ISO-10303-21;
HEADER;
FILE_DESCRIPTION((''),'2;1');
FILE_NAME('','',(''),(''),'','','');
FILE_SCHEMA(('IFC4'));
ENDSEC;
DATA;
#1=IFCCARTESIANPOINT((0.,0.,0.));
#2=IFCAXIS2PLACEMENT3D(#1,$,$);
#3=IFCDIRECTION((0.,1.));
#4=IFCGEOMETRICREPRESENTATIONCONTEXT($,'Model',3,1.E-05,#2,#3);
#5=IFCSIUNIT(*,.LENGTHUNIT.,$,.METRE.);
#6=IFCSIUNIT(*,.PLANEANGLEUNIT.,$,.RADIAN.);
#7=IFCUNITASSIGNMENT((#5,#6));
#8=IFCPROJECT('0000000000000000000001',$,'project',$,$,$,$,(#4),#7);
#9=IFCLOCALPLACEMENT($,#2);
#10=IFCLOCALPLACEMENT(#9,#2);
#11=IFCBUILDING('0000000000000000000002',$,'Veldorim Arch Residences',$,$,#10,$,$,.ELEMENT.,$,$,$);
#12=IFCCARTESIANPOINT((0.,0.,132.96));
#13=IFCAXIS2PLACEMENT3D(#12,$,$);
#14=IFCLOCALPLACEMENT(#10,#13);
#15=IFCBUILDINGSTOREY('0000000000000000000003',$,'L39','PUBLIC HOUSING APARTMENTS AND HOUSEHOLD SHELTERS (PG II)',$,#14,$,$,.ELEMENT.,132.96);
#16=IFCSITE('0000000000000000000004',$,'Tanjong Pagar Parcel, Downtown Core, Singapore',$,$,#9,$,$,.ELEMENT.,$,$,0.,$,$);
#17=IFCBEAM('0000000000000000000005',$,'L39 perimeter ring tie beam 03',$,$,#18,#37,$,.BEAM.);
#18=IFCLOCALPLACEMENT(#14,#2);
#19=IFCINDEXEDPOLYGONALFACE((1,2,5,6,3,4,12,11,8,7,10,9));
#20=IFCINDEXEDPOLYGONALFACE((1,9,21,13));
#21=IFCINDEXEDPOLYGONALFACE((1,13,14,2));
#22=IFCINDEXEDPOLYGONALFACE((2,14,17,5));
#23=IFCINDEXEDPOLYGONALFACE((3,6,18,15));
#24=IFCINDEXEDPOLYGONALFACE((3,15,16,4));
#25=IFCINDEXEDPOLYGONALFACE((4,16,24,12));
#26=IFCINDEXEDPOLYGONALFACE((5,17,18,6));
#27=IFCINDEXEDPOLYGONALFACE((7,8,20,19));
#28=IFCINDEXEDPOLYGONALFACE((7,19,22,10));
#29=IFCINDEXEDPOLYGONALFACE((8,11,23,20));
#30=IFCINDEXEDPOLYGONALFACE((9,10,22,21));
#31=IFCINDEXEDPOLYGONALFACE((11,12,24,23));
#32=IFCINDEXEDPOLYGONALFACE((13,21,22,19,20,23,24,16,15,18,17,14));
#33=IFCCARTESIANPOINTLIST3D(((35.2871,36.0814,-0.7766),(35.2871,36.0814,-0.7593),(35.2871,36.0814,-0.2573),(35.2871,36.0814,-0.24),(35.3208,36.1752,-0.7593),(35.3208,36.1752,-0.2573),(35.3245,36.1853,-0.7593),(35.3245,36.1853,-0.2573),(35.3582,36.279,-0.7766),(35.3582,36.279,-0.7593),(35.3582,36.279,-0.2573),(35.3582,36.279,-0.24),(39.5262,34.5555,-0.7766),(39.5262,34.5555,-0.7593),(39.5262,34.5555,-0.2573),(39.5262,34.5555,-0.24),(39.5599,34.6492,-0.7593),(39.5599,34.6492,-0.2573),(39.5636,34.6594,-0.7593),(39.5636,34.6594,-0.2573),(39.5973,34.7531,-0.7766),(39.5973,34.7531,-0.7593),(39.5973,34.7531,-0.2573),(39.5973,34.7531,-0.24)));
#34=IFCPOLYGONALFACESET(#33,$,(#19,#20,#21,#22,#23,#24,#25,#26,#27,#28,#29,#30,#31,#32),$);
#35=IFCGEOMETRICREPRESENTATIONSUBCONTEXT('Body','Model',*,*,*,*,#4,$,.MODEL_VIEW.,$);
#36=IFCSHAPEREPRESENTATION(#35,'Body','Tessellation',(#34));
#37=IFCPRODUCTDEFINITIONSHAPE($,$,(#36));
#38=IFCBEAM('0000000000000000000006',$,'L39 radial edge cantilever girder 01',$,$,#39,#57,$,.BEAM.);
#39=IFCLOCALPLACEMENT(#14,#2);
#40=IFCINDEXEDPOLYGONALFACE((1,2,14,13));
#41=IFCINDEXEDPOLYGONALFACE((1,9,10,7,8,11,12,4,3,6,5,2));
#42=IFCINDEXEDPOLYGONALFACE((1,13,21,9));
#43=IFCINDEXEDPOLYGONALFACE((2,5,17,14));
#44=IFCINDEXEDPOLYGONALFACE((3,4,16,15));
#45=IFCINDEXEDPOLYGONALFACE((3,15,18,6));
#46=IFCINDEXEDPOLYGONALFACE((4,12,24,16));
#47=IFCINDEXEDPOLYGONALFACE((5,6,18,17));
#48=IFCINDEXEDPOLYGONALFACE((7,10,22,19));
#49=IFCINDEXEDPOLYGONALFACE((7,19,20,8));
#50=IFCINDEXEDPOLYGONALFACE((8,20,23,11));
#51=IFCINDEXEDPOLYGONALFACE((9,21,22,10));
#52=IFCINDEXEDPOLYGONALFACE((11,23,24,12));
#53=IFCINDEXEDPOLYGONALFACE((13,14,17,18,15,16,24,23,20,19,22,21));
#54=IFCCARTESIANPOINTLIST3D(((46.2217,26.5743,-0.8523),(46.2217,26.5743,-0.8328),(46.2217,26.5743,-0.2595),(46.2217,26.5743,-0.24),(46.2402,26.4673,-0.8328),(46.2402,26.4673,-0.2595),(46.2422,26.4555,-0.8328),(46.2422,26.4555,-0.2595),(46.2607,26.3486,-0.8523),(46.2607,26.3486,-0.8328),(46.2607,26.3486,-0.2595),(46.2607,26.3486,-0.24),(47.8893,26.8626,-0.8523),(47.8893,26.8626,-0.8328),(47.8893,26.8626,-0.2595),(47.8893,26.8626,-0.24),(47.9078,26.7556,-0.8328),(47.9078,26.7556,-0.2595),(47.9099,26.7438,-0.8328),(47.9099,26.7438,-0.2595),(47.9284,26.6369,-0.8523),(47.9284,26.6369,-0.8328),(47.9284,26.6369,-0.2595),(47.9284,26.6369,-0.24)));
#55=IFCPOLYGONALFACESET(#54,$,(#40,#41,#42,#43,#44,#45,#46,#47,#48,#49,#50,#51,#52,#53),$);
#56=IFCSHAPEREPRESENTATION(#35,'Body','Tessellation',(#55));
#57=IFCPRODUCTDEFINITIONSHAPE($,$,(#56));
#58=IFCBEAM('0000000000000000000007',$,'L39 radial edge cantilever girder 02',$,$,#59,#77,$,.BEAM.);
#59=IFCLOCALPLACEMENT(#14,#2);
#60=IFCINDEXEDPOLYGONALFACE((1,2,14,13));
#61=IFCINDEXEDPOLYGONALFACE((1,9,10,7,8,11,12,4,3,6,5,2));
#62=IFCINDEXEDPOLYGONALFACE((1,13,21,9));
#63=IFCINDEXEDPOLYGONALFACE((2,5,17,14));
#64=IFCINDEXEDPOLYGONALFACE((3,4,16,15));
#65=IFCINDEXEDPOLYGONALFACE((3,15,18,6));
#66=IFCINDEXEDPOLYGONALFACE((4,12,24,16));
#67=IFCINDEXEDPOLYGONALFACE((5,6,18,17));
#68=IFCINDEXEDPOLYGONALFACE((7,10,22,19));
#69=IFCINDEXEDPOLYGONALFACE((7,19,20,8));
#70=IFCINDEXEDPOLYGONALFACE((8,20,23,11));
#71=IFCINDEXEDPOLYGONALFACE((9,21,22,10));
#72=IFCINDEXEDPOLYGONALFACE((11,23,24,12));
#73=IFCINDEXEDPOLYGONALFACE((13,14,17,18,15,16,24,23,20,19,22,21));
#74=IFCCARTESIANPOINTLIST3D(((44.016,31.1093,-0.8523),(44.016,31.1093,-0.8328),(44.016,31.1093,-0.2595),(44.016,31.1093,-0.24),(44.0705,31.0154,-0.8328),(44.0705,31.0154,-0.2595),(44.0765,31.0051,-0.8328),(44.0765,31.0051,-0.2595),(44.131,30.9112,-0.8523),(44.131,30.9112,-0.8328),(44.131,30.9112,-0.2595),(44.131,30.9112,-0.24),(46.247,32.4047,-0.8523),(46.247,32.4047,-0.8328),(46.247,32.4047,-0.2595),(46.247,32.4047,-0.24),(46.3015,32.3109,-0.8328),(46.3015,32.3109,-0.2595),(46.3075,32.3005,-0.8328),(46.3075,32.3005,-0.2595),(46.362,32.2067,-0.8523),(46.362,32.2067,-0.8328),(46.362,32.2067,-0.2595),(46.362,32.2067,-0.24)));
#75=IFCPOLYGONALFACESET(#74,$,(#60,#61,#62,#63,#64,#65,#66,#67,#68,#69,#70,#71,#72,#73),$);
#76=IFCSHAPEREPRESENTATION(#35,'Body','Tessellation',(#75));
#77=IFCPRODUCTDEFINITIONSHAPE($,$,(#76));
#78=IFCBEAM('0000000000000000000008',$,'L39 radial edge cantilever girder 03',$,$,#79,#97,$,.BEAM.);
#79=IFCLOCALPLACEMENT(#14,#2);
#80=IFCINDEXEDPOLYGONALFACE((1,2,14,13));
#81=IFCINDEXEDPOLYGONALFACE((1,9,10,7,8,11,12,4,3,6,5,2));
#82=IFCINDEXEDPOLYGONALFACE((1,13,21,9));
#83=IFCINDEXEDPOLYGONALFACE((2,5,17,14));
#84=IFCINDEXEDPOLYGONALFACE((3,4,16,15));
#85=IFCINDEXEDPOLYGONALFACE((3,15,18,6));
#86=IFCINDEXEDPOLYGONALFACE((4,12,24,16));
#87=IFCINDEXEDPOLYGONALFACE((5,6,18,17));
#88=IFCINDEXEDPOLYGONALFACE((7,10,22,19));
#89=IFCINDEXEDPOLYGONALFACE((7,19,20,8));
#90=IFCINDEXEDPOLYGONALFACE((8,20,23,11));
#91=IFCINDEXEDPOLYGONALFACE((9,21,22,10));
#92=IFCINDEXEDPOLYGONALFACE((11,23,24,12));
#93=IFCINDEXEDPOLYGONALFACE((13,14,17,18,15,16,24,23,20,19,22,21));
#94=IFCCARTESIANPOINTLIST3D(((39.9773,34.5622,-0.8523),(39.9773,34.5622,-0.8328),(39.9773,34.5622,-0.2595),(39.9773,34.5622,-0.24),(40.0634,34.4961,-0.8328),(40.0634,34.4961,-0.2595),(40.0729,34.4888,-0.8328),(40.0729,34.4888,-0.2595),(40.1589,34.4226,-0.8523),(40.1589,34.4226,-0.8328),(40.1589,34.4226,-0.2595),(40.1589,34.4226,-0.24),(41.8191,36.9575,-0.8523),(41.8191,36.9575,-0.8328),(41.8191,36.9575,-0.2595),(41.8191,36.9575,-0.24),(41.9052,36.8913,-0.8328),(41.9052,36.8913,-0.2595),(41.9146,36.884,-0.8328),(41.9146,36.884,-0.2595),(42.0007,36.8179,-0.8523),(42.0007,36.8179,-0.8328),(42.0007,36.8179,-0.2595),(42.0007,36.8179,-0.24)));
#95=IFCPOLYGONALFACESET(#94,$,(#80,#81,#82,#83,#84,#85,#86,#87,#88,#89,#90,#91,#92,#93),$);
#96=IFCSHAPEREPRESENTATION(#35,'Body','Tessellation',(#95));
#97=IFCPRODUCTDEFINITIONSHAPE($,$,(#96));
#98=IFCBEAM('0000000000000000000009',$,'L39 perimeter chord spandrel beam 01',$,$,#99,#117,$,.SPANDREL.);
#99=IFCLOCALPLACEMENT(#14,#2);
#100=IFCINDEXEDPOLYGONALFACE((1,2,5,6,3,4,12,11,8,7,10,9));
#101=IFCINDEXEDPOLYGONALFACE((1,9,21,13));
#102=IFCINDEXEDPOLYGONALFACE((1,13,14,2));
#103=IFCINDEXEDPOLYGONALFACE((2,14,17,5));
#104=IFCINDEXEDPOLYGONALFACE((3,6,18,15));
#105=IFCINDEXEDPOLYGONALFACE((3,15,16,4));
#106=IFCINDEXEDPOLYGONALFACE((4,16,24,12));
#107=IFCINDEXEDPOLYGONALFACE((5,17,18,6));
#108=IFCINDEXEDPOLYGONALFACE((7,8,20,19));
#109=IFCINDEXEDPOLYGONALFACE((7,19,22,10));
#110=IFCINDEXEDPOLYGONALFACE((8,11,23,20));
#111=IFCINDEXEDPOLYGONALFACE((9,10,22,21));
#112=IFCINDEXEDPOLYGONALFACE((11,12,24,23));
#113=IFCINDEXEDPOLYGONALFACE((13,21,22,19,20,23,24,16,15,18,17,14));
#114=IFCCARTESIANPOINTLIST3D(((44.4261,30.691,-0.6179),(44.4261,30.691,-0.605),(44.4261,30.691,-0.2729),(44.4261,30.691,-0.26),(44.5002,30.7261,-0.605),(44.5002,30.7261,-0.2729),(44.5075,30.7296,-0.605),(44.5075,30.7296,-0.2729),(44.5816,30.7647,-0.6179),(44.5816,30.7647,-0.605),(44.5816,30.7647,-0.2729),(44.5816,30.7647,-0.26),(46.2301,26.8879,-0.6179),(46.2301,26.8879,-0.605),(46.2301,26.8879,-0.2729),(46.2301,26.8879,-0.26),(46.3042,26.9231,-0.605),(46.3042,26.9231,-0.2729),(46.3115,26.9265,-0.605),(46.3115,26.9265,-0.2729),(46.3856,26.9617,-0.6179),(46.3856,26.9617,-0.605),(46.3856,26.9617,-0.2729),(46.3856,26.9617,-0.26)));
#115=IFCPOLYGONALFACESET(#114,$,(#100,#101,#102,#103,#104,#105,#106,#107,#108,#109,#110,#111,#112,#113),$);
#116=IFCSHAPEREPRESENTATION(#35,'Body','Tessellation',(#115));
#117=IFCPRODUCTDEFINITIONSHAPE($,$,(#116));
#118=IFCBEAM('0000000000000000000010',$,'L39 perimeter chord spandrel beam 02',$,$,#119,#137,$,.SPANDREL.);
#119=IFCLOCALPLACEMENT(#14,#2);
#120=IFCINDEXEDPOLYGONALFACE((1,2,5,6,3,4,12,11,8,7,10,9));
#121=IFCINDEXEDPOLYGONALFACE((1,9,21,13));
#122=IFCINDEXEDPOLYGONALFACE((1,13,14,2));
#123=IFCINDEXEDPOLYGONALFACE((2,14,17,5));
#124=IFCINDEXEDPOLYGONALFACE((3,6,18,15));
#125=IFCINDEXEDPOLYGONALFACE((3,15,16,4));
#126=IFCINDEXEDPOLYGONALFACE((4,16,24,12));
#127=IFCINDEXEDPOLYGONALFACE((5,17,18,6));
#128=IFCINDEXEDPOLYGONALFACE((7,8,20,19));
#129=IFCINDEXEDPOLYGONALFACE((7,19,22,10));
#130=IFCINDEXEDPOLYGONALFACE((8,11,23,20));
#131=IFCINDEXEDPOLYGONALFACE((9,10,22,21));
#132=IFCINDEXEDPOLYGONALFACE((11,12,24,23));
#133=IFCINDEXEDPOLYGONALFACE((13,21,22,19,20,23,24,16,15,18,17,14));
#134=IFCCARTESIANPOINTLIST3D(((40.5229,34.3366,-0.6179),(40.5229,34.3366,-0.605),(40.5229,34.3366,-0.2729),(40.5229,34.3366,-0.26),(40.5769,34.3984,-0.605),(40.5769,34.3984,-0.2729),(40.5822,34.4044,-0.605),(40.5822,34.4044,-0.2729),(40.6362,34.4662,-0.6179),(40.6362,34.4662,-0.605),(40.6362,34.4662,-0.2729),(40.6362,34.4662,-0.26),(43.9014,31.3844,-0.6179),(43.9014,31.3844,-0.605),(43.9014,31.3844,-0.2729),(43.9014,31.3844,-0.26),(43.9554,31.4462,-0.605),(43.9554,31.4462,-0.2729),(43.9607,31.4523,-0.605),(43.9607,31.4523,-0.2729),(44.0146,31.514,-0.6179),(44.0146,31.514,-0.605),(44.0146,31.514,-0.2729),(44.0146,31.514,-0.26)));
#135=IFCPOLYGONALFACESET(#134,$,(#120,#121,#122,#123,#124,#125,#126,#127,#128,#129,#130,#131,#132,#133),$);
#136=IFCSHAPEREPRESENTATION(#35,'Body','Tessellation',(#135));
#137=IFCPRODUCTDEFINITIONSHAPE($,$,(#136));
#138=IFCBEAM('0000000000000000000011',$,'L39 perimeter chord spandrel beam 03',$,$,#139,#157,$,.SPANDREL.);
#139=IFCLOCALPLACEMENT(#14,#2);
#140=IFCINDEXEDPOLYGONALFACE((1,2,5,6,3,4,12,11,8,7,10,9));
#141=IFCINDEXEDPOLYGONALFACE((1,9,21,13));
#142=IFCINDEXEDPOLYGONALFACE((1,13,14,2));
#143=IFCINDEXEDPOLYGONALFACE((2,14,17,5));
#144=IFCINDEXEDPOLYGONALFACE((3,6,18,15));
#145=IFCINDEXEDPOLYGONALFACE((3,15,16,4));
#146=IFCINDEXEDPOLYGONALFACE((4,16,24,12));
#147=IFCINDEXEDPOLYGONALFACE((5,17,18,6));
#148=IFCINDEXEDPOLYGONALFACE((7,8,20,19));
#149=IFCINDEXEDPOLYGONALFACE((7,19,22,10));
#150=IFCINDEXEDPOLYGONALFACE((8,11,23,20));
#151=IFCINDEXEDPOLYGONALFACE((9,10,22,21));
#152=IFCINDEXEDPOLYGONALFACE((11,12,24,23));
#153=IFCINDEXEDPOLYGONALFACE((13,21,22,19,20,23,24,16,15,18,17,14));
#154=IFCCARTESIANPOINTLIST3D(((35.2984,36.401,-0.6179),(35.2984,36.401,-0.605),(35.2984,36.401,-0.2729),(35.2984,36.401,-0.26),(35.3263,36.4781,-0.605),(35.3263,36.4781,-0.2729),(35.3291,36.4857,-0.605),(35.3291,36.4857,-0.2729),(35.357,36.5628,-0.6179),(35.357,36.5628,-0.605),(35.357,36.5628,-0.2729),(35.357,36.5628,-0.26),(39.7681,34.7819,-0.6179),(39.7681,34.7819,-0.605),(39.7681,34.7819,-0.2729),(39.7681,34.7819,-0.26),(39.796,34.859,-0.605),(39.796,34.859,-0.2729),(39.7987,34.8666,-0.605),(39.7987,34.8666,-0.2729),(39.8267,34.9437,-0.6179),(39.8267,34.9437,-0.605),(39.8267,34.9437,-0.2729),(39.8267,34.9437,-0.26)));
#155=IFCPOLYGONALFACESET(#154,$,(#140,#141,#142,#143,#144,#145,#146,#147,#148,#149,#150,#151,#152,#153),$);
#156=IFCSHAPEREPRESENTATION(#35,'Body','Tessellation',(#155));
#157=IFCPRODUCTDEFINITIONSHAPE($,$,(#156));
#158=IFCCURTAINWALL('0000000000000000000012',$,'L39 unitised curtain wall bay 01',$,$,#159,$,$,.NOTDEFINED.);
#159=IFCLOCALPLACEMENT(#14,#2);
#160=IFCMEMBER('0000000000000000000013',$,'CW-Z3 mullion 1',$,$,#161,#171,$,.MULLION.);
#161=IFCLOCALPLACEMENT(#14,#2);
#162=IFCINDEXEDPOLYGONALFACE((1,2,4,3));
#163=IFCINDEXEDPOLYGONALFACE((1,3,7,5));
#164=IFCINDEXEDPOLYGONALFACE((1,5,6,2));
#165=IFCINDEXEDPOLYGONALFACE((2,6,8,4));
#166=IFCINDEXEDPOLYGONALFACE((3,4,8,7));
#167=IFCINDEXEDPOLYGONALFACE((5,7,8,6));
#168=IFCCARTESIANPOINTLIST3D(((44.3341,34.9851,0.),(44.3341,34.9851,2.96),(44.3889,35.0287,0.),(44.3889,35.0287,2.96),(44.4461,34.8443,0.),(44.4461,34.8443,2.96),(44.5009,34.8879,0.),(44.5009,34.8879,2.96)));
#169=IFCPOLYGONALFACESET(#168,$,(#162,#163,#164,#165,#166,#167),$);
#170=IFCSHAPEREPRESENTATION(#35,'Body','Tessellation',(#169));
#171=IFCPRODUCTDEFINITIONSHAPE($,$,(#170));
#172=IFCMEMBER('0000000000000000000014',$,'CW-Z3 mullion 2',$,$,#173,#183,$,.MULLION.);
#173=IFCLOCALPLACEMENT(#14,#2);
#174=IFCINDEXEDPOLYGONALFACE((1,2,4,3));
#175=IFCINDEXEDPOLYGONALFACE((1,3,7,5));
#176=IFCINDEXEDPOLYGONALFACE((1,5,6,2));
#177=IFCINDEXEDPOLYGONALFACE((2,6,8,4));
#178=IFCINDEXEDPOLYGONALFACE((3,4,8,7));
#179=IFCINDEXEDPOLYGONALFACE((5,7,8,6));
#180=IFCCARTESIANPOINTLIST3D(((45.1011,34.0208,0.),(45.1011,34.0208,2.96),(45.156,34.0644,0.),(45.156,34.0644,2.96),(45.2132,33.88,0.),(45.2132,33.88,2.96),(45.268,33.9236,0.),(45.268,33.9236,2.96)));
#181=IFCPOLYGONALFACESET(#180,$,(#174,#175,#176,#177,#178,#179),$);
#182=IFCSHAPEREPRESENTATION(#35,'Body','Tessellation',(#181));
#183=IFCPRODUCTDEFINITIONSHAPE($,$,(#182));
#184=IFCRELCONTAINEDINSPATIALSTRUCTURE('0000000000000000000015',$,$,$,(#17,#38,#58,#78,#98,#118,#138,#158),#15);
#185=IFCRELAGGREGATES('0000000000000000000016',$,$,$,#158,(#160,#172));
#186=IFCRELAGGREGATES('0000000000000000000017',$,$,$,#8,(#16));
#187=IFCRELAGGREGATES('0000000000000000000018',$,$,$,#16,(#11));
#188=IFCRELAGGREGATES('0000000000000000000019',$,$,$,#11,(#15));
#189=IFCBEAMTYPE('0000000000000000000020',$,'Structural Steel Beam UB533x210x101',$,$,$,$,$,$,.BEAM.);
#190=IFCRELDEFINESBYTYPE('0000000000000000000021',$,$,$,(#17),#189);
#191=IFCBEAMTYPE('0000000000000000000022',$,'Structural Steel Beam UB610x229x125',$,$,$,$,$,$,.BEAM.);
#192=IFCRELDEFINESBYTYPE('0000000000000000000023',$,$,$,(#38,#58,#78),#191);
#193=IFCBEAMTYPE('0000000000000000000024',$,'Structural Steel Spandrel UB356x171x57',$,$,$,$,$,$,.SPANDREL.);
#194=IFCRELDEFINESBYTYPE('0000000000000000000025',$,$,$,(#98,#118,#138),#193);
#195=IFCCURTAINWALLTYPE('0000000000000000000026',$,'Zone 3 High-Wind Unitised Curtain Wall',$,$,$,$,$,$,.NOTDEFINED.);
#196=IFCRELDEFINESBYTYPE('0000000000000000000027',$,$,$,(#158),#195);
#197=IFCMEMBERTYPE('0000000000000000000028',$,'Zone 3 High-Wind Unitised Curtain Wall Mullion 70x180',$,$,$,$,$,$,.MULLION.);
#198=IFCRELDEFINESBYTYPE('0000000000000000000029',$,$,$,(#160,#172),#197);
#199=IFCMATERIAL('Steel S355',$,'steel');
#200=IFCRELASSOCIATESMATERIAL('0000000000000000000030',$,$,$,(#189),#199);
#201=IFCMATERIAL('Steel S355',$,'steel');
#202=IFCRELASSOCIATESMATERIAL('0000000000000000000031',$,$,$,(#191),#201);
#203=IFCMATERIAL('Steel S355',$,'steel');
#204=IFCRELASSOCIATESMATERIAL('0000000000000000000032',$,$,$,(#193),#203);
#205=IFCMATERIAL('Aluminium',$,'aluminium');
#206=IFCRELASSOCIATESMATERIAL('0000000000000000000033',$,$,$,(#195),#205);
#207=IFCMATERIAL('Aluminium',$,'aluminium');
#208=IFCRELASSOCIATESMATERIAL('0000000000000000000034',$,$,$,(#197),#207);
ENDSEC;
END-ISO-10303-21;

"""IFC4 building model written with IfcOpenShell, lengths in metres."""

from ifc_helpers import new_model, si_unit, direction, frame, origin, origin_2d, place, context, subcontext, project, spatial, rectangle, i_section, extrude, material, material_profile, profile_set, type_object, element, aggregate, save


model = new_model("IFC4")

# Units and contexts
model_context = context("Model", 3, precision=1e-05, world=origin(), true_north=direction((0.0, 1.0)))
body_context = subcontext(model_context, "Body", "Model", "MODEL_VIEW")
ifc_project = project(units=[si_unit("LENGTHUNIT", "METRE"), si_unit("PLANEANGLEUNIT", "RADIAN")], contexts=[model_context])

# Site, building, storey
site_placement = place(None, origin())
site = spatial("IfcSite", under=ifc_project, at=site_placement, Name="Tanjong Pagar Parcel, Downtown Core, Singapore", CompositionType="ELEMENT", RefElevation=0.0)
building_placement = place(site_placement, origin())
building = spatial("IfcBuilding", under=site, at=building_placement, Name="Veldorim Arch Residences", CompositionType="ELEMENT")
storey_placement = place(building_placement, frame((0.0, 0.0, 132.96)))
storey = spatial("IfcBuildingStorey", under=building, at=storey_placement, Name="L39", Description="PUBLIC HOUSING APARTMENTS AND HOUSEHOLD SHELTERS (PG II)", CompositionType="ELEMENT", Elevation=132.96)

# Beams
ifc_material_1 = material(Name="Steel S355", Category="steel")
ifc_material_profile_1 = material_profile(ifc_material_1, i_section(OverallWidth=0.21, OverallDepth=0.5366, WebThickness=0.0107, FlangeThickness=0.0173, at=origin_2d()), Name="UB533x210x101")
ifc_profile_set_1 = profile_set([ifc_material_profile_1], Name="Steel S355")
beam_type_1 = type_object("IfcBeamType", Name="Structural Steel Beam UB533x210x101", PredefinedType="BEAM", material=ifc_profile_set_1)
beam_1_placement = place(storey_placement, frame((39.5618, 34.6543, -0.5083), z_axis=(-0.940899, 0.338687, 0.0), x_axis=(-0.338687, -0.940899, 0.0)))
element("IfcBeam", 1, at=beam_1_placement, inside=storey, type_object=beam_type_1, Name="L39 perimeter ring tie beam 03", PredefinedType="BEAM", context=body_context, shape_type="SweptSolid", body=[
    extrude(i_section(OverallWidth=0.21, OverallDepth=0.5366, WebThickness=0.0107, FlangeThickness=0.0173, at=origin_2d()), origin(), (0.0, 0.0, 1.0), 4.5054),
])
ifc_material_2 = material(Name="Steel S355", Category="steel")
ifc_material_profile_2 = material_profile(ifc_material_2, i_section(OverallWidth=0.229, OverallDepth=0.6123, WebThickness=0.012, FlangeThickness=0.0195, at=origin_2d()), Name="UB610x229x125")
ifc_profile_set_2 = profile_set([ifc_material_profile_2], Name="Steel S355")
beam_type_2 = type_object("IfcBeamType", Name="Structural Steel Beam UB610x229x125", PredefinedType="BEAM", material=ifc_profile_set_2)
beam_2_placement = place(storey_placement, frame((46.2412, 26.4614, -0.5461), z_axis=(0.985382, 0.170361, 0.0), x_axis=(-0.170361, 0.985382, 0.0)))
element("IfcBeam", 2, at=beam_2_placement, inside=storey, type_object=beam_type_2, Name="L39 radial edge cantilever girder 01", PredefinedType="BEAM", context=body_context, shape_type="SweptSolid", body=[
    extrude(i_section(OverallWidth=0.229, OverallDepth=0.6123, WebThickness=0.012, FlangeThickness=0.0195, at=origin_2d()), origin(), (0.0, 0.0, 1.0), 1.6924),
])
beam_3_placement = place(storey_placement, frame((44.0735, 31.0103, -0.5461), z_axis=(0.864786, 0.50214, 0.0), x_axis=(-0.50214, 0.864786, 0.0)))
element("IfcBeam", 3, at=beam_3_placement, inside=storey, type_object=beam_type_2, Name="L39 radial edge cantilever girder 02", PredefinedType="BEAM", context=body_context, shape_type="SweptSolid", body=[
    extrude(i_section(OverallWidth=0.229, OverallDepth=0.6123, WebThickness=0.012, FlangeThickness=0.0195, at=origin_2d()), origin(), (0.0, 0.0, 1.0), 2.5798),
])
beam_4_placement = place(storey_placement, frame((40.0681, 34.4924, -0.5461), z_axis=(0.609562, 0.792738, 0.0), x_axis=(-0.792738, 0.609562, 0.0)))
element("IfcBeam", 4, at=beam_4_placement, inside=storey, type_object=beam_type_2, Name="L39 radial edge cantilever girder 03", PredefinedType="BEAM", context=body_context, shape_type="SweptSolid", body=[
    extrude(i_section(OverallWidth=0.229, OverallDepth=0.6123, WebThickness=0.012, FlangeThickness=0.0195, at=origin_2d()), origin(), (0.0, 0.0, 1.0), 3.0215),
])
ifc_material_3 = material(Name="Steel S355", Category="steel")
ifc_material_profile_3 = material_profile(ifc_material_3, i_section(OverallWidth=0.1721, OverallDepth=0.3579, WebThickness=0.0081, FlangeThickness=0.0129, at=origin_2d()), Name="UB356x171x57")
ifc_profile_set_3 = profile_set([ifc_material_profile_3], Name="Steel S355")
beam_type_3 = type_object("IfcBeamType", Name="Structural Steel Spandrel UB356x171x57", PredefinedType="SPANDREL", material=ifc_profile_set_3)
beam_5_placement = place(storey_placement, frame((46.3079, 26.9248, -0.439), z_axis=(-0.42858, 0.903504, 0.0), x_axis=(-0.903504, -0.42858, 0.0)))
element("IfcBeam", 5, at=beam_5_placement, inside=storey, type_object=beam_type_3, Name="L39 perimeter chord spandrel beam 01", PredefinedType="SPANDREL", context=body_context, shape_type="SweptSolid", body=[
    extrude(i_section(OverallWidth=0.1721, OverallDepth=0.3579, WebThickness=0.0081, FlangeThickness=0.0129, at=origin_2d()), origin(), (0.0, 0.0, 1.0), 4.2092),
])
beam_6_placement = place(storey_placement, frame((43.958, 31.4492, -0.439), z_axis=(-0.753015, 0.658004, 0.0), x_axis=(-0.658004, -0.753015, 0.0)))
element("IfcBeam", 6, at=beam_6_placement, inside=storey, type_object=beam_type_3, Name="L39 perimeter chord spandrel beam 02", PredefinedType="SPANDREL", context=body_context, shape_type="SweptSolid", body=[
    extrude(i_section(OverallWidth=0.1721, OverallDepth=0.3579, WebThickness=0.0081, FlangeThickness=0.0129, at=origin_2d()), origin(), (0.0, 0.0, 1.0), 4.4866),
])
beam_7_placement = place(storey_placement, frame((39.7974, 34.8628, -0.439), z_axis=(-0.940213, 0.340588, 0.0), x_axis=(-0.340588, -0.940213, 0.0)))
element("IfcBeam", 7, at=beam_7_placement, inside=storey, type_object=beam_type_3, Name="L39 perimeter chord spandrel beam 03", PredefinedType="SPANDREL", context=body_context, shape_type="SweptSolid", body=[
    extrude(i_section(OverallWidth=0.1721, OverallDepth=0.3579, WebThickness=0.0081, FlangeThickness=0.0129, at=origin_2d()), origin(), (0.0, 0.0, 1.0), 4.7539),
])

# Curtain wall, members
ifc_material_4 = material(Name="Aluminium", Category="aluminium")
curtain_wall_type = type_object("IfcCurtainWallType", Name="Zone 3 High-Wind Unitised Curtain Wall", PredefinedType="NOTDEFINED", material=ifc_material_4)
curtain_wall_1_placement = place(storey_placement, origin())
curtain_wall_1 = element("IfcCurtainWall", 8, at=curtain_wall_1_placement, inside=storey, type_object=curtain_wall_type, Name="L39 unitised curtain wall bay 01", PredefinedType="NOTDEFINED")
ifc_material_5 = material(Name="Aluminium", Category="aluminium")
ifc_material_profile_4 = material_profile(ifc_material_5, rectangle(XDim=0.0701, YDim=0.1799, at=origin_2d()), Name="ALU_MUL_70x180")
ifc_profile_set_4 = profile_set([ifc_material_profile_4], Name="Aluminium")
member_type_1 = type_object("IfcMemberType", Name="Zone 3 High-Wind Unitised Curtain Wall Mullion 70x180", PredefinedType="MULLION", material=ifc_profile_set_4)
member_1_placement = place(storey_placement, frame((44.4175, 34.9365, 0.0), z_axis=(0.0, 0.0, 1.0), x_axis=(0.782556, 0.62258, 0.0)))
member_1 = element("IfcMember", 9, at=member_1_placement, type_object=member_type_1, Name="CW-Z3 mullion 1", PredefinedType="MULLION", context=body_context, shape_type="SweptSolid", body=[
    extrude(rectangle(XDim=0.0701, YDim=0.1799, at=origin_2d()), origin(), (0.0, 0.0, 1.0), 2.96),
])
member_2_placement = place(storey_placement, frame((45.1846, 33.9722, 0.0), z_axis=(0.0, 0.0, 1.0), x_axis=(0.782556, 0.62258, 0.0)))
member_2 = element("IfcMember", 10, at=member_2_placement, type_object=member_type_1, Name="CW-Z3 mullion 2", PredefinedType="MULLION", context=body_context, shape_type="SweptSolid", body=[
    extrude(rectangle(XDim=0.0701, YDim=0.1799, at=origin_2d()), origin(), (0.0, 0.0, 1.0), 2.96),
])

aggregate(curtain_wall_1, [member_1, member_2])

save(model, "model.ifc")
